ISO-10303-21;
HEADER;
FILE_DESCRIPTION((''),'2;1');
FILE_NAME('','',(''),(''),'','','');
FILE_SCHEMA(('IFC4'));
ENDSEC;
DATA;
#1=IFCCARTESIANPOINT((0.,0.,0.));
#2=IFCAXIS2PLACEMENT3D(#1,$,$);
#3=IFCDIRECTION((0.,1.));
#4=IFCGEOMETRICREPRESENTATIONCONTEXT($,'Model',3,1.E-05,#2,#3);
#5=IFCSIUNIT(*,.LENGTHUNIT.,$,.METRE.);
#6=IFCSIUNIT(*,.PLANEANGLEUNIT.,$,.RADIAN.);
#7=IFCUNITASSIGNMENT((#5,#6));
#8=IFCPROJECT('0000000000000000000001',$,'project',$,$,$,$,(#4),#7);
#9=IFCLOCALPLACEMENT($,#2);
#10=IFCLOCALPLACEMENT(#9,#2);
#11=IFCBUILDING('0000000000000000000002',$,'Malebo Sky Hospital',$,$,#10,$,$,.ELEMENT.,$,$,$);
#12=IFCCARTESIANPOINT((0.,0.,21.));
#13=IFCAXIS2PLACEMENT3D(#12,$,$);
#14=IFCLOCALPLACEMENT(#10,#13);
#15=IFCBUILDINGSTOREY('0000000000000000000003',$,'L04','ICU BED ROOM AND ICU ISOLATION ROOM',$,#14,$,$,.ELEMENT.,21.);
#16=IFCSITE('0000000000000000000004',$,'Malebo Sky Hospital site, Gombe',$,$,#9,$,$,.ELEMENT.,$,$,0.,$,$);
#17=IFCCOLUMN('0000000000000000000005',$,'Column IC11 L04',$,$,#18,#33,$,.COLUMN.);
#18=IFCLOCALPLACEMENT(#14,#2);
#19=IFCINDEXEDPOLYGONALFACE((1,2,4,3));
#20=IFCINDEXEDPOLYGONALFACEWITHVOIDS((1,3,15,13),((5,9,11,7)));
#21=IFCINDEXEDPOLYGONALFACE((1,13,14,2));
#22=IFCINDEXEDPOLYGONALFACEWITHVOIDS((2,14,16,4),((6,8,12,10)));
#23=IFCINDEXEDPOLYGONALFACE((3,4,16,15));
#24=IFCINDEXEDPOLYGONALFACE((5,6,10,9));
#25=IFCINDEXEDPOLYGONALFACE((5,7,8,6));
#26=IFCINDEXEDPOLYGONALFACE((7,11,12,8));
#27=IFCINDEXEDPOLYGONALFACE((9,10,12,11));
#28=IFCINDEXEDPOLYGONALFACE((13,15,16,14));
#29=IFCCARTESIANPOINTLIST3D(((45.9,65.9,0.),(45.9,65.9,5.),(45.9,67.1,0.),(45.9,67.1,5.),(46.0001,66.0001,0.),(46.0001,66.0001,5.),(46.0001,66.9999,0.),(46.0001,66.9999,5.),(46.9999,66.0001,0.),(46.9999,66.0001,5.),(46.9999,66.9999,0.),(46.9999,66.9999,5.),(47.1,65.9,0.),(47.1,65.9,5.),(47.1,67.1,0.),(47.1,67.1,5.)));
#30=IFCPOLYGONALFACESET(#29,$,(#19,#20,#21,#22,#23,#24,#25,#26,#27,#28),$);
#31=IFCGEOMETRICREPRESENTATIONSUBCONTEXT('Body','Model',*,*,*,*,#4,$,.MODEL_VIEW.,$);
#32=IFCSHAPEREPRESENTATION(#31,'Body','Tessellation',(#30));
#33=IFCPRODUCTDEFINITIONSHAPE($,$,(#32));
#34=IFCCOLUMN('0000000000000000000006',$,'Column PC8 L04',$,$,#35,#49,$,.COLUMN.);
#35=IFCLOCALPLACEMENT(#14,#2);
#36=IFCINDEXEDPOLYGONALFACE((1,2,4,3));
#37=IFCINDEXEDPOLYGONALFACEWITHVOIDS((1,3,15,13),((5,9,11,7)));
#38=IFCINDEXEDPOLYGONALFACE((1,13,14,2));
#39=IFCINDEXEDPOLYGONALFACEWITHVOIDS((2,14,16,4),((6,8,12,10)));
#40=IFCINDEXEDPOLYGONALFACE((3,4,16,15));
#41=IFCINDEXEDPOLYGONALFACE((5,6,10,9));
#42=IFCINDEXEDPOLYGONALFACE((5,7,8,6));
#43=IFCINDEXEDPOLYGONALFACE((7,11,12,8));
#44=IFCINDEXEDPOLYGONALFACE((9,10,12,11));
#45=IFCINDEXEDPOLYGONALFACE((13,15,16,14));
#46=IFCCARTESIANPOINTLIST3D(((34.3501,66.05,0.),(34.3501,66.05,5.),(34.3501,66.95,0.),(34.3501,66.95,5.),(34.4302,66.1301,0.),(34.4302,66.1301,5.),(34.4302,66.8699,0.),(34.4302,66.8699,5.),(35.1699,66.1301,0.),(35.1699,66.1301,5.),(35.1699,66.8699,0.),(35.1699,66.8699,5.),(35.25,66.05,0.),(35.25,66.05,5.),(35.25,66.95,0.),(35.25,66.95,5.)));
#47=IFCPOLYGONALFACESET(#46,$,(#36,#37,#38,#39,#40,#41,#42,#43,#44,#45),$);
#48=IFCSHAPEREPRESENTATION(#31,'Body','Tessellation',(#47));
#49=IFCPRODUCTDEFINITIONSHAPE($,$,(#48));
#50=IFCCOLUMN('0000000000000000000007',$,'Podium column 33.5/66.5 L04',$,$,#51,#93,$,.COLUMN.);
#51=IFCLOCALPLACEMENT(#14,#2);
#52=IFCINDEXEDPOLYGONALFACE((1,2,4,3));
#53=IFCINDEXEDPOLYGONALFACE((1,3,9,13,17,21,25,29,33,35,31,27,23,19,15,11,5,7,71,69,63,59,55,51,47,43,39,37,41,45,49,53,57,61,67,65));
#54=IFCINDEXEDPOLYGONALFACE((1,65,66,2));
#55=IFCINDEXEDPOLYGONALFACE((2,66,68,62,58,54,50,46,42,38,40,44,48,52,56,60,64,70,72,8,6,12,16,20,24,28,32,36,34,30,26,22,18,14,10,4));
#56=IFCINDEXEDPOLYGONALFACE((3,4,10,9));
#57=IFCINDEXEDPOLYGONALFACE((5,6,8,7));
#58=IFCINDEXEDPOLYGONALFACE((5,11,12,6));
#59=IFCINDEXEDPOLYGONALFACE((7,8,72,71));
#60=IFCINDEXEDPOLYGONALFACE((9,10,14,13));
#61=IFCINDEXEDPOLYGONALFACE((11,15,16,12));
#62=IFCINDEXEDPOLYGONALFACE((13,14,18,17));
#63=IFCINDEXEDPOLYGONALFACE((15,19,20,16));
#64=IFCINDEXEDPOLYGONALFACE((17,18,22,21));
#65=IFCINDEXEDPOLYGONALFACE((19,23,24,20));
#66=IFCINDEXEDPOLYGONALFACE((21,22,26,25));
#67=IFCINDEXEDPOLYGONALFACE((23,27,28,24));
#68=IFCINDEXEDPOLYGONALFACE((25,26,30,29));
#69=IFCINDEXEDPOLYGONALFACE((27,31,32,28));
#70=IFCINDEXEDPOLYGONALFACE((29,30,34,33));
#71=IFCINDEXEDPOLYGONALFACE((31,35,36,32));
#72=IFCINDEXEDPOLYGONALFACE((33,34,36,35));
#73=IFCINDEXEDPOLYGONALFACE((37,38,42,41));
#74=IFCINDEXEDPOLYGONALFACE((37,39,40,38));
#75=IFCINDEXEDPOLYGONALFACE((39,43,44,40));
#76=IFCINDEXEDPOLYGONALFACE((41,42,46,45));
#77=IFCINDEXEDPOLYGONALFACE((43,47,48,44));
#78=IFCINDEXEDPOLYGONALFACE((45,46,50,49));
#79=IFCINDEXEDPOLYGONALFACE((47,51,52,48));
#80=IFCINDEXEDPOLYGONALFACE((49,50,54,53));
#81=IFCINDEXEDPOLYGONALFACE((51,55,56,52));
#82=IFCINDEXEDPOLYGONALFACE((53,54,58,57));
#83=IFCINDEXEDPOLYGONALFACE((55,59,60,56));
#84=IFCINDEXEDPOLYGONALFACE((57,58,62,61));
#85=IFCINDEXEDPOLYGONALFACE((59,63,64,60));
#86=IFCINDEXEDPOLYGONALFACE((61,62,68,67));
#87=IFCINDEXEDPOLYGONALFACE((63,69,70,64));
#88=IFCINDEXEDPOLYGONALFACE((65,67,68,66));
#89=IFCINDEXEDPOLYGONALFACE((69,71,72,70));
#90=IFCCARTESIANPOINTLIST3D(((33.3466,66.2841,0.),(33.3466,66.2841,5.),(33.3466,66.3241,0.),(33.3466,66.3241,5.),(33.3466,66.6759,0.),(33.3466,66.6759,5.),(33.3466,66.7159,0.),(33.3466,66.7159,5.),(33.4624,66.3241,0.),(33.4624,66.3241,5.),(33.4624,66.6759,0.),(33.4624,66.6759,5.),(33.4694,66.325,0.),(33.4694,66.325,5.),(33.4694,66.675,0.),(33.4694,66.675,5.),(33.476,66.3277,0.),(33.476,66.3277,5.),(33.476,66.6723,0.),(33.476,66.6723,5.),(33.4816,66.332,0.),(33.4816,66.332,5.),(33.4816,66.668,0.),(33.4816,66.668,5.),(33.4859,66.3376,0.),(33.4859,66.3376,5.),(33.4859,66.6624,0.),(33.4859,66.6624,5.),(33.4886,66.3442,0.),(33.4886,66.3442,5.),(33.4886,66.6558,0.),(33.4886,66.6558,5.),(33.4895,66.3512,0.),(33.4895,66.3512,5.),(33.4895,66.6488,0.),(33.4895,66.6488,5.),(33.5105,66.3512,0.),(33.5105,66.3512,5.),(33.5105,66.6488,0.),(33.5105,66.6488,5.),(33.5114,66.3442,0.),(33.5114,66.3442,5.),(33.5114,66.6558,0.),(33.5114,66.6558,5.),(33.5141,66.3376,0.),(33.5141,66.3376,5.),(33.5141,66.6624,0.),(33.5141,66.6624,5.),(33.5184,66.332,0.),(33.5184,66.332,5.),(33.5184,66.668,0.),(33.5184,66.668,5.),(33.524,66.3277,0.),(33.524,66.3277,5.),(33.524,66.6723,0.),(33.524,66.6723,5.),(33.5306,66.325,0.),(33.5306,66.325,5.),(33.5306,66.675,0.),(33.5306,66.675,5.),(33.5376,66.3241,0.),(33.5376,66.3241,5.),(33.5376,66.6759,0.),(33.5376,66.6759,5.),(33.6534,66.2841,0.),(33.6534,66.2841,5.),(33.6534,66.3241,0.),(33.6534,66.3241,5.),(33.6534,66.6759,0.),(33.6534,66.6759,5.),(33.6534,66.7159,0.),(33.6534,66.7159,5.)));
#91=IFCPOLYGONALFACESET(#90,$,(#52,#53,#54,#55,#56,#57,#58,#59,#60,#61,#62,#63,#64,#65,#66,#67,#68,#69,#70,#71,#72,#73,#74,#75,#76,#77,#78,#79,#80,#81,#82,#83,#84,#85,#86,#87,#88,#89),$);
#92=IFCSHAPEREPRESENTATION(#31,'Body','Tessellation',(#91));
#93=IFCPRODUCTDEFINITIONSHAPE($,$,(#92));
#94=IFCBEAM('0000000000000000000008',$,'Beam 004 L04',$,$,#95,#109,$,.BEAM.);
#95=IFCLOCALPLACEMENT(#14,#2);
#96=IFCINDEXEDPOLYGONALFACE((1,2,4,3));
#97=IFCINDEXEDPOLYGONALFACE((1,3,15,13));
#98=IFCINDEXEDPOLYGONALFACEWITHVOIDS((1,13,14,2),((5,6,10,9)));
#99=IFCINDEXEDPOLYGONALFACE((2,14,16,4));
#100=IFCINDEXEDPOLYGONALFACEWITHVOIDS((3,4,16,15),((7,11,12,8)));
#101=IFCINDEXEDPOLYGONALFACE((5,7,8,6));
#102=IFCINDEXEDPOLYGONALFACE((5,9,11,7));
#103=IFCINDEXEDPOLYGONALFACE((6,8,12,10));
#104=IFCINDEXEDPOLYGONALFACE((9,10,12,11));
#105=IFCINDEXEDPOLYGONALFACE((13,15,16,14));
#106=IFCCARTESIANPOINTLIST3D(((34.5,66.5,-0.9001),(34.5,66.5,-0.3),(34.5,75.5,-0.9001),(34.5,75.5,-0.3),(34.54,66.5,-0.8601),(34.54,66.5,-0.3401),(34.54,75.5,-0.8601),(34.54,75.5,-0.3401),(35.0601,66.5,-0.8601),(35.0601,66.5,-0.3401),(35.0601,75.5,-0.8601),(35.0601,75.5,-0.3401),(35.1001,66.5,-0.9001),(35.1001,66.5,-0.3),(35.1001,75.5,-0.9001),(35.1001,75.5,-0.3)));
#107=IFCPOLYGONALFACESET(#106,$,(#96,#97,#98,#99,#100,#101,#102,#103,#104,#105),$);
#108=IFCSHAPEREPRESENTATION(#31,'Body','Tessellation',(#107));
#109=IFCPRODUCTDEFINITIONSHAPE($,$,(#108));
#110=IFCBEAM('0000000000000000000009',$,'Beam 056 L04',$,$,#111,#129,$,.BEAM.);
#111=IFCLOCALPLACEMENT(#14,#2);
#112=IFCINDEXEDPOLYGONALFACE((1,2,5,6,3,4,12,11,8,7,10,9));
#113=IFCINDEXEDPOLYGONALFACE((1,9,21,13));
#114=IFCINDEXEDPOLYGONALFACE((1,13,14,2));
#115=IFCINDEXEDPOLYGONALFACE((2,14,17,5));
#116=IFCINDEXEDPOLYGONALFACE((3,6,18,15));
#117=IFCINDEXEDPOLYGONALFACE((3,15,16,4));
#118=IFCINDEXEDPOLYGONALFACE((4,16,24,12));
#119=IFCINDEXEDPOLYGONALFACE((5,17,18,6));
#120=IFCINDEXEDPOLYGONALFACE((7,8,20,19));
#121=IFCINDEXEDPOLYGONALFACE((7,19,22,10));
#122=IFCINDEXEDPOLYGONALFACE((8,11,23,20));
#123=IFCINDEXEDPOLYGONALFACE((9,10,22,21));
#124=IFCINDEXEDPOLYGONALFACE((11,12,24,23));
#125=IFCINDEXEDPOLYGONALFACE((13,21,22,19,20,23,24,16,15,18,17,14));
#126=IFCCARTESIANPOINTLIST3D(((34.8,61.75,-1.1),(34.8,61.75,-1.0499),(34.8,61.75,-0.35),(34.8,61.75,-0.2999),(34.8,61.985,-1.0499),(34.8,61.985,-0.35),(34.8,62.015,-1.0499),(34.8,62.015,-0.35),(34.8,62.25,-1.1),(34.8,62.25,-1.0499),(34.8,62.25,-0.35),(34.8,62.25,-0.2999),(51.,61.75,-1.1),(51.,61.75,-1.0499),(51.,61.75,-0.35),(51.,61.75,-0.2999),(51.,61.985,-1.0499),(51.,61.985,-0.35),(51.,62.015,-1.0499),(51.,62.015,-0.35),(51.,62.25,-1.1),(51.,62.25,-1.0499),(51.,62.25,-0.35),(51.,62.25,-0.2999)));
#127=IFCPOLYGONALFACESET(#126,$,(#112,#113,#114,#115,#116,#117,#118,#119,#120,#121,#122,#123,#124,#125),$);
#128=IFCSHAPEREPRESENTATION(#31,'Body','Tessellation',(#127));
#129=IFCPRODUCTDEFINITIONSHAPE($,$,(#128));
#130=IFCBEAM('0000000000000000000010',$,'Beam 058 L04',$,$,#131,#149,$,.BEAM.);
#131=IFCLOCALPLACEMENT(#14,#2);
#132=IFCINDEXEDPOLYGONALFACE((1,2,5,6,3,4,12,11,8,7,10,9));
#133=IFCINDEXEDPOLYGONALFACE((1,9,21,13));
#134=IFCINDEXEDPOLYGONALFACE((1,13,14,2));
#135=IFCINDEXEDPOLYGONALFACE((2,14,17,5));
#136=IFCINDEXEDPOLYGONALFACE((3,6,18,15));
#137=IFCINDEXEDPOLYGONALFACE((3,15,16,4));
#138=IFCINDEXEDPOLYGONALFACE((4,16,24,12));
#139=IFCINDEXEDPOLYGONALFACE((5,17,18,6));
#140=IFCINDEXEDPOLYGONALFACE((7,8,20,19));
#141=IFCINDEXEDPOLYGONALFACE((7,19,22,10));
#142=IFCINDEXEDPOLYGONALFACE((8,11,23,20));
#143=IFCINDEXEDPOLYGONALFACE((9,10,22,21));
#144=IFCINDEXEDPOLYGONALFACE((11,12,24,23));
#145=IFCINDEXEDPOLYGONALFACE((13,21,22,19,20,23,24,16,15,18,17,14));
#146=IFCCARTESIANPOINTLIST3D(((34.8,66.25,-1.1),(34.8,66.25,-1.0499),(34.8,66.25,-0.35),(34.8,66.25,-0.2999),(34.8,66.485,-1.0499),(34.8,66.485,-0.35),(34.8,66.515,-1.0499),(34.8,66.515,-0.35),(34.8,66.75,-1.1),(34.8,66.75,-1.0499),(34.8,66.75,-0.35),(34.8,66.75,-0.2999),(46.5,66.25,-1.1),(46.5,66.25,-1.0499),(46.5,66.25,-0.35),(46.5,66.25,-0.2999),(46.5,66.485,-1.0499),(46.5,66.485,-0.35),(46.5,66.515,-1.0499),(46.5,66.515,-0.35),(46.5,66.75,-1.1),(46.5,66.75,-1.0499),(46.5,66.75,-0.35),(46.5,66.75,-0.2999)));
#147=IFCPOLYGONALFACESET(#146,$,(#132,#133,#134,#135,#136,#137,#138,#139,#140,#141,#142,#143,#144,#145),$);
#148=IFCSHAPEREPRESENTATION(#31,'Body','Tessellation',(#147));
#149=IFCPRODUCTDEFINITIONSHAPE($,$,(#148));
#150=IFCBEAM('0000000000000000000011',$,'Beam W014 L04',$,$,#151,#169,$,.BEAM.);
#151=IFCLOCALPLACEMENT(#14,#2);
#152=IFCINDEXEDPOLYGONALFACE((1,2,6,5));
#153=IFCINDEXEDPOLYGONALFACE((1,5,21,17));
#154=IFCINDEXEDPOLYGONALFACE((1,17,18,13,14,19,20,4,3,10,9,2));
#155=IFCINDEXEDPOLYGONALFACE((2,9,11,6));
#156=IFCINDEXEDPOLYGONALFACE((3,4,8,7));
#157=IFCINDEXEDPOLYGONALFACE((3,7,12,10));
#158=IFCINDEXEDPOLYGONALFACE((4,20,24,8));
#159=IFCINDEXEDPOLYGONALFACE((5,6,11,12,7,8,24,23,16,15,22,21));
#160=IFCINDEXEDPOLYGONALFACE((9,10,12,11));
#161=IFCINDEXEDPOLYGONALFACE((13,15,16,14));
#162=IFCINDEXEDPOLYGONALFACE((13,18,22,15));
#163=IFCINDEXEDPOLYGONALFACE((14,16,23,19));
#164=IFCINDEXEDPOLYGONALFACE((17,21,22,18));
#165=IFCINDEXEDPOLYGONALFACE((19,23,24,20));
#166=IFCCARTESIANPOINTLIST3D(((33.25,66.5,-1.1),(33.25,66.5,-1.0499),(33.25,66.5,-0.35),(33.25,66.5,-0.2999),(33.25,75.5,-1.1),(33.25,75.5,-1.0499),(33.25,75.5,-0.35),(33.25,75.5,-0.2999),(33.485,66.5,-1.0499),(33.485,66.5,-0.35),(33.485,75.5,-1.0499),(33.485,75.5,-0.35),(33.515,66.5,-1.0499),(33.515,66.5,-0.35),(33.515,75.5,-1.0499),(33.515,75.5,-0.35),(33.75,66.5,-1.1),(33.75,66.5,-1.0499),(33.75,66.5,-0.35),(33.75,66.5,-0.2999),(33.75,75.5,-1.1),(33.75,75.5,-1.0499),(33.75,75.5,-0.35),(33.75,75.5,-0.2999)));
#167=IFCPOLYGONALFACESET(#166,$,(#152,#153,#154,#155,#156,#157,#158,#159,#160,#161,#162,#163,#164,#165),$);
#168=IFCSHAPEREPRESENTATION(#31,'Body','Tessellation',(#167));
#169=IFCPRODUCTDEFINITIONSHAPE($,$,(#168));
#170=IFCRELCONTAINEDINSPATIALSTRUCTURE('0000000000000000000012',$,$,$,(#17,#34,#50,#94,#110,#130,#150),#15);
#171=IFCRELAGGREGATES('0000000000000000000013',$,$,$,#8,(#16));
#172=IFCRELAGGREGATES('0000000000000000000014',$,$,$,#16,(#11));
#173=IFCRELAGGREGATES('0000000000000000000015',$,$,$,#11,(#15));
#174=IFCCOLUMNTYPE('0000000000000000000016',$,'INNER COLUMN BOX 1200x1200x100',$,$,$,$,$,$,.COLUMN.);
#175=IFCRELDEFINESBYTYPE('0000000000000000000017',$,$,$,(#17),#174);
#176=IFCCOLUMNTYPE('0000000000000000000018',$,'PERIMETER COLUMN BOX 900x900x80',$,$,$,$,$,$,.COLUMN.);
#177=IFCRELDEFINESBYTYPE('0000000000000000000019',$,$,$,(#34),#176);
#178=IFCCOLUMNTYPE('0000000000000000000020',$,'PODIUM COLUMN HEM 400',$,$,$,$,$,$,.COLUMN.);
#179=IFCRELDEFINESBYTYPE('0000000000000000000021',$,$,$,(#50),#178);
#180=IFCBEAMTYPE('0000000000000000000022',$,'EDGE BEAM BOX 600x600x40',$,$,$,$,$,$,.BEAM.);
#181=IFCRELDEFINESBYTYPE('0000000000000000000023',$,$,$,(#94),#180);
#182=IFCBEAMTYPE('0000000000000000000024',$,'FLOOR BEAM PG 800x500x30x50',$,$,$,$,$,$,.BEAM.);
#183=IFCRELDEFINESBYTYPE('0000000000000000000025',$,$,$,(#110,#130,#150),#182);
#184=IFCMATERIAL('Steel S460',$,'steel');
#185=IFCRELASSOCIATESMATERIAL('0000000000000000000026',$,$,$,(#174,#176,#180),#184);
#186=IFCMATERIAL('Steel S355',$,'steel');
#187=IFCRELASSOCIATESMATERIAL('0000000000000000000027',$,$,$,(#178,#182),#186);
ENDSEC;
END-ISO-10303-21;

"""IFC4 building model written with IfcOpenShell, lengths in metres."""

from ifc_helpers import new_model, si_unit, direction, frame, origin, origin_2d, place, context, subcontext, project, spatial, hollow_rectangle, i_section, extrude, material, material_profile, profile_set, type_object, element, save


model = new_model("IFC4")

# Units and contexts
model_context = context("Model", 3, precision=1e-05, world=origin(), true_north=direction((0.0, 1.0)))
body_context = subcontext(model_context, "Body", "Model", "MODEL_VIEW")
ifc_project = project(units=[si_unit("LENGTHUNIT", "METRE"), si_unit("PLANEANGLEUNIT", "RADIAN")], contexts=[model_context])

# Site, building, storey
site_placement = place(None, origin())
site = spatial("IfcSite", under=ifc_project, at=site_placement, Name="Malebo Sky Hospital site, Gombe", CompositionType="ELEMENT", RefElevation=0.0)
building_placement = place(site_placement, origin())
building = spatial("IfcBuilding", under=site, at=building_placement, Name="Malebo Sky Hospital", CompositionType="ELEMENT")
storey_placement = place(building_placement, frame((0.0, 0.0, 21.0)))
storey = spatial("IfcBuildingStorey", under=building, at=storey_placement, Name="L04", Description="ICU BED ROOM AND ICU ISOLATION ROOM", CompositionType="ELEMENT", Elevation=21.0)

# Columns
ifc_material_1 = material(Name="Steel S460", Category="steel")
ifc_material_profile_1 = material_profile(ifc_material_1, hollow_rectangle(XDim=1.2, YDim=1.2, WallThickness=0.1001, at=origin_2d()), Name="BOX 1200x1200x100")
ifc_profile_set_1 = profile_set([ifc_material_profile_1], Name="Steel S460")
column_type_1 = type_object("IfcColumnType", Name="INNER COLUMN BOX 1200x1200x100", PredefinedType="COLUMN", material=ifc_profile_set_1)
column_1_placement = place(storey_placement, frame((46.5, 66.5, 0.0), z_axis=(0.0, 0.0, 1.0), x_axis=(1.0, 0.0, 0.0)))
element("IfcColumn", 1, at=column_1_placement, inside=storey, type_object=column_type_1, Name="Column IC11 L04", PredefinedType="COLUMN", context=body_context, shape_type="SweptSolid", body=[
    extrude(hollow_rectangle(XDim=1.2, YDim=1.2, WallThickness=0.1001, at=origin_2d()), origin(), (0.0, 0.0, 1.0), 5.0),
])
ifc_material_profile_2 = material_profile(ifc_material_1, hollow_rectangle(XDim=0.8999, YDim=0.8999, WallThickness=0.0801, at=origin_2d()), Name="BOX 900x900x80")
ifc_profile_set_2 = profile_set([ifc_material_profile_2], Name="Steel S460")
column_type_2 = type_object("IfcColumnType", Name="PERIMETER COLUMN BOX 900x900x80", PredefinedType="COLUMN", material=ifc_profile_set_2)
column_2_placement = place(storey_placement, frame((34.8, 66.5, 0.0), z_axis=(0.0, 0.0, 1.0), x_axis=(1.0, 0.0, 0.0)))
element("IfcColumn", 2, at=column_2_placement, inside=storey, type_object=column_type_2, Name="Column PC8 L04", PredefinedType="COLUMN", context=body_context, shape_type="SweptSolid", body=[
    extrude(hollow_rectangle(XDim=0.8999, YDim=0.8999, WallThickness=0.0801, at=origin_2d()), origin(), (0.0, 0.0, 1.0), 5.0),
])
ifc_material_2 = material(Name="Steel S355", Category="steel")
ifc_material_profile_3 = material_profile(ifc_material_2, i_section(OverallWidth=0.3069, OverallDepth=0.4319, WebThickness=0.021, FlangeThickness=0.04, FilletRadius=0.0271, at=origin_2d()), Name="HEM 400")
ifc_profile_set_3 = profile_set([ifc_material_profile_3], Name="Steel S355")
column_type_3 = type_object("IfcColumnType", Name="PODIUM COLUMN HEM 400", PredefinedType="COLUMN", material=ifc_profile_set_3)
column_3_placement = place(storey_placement, frame((33.5, 66.5, 0.0), z_axis=(0.0, 0.0, 1.0), x_axis=(1.0, 0.0, 0.0)))
element("IfcColumn", 3, at=column_3_placement, inside=storey, type_object=column_type_3, Name="Podium column 33.5/66.5 L04", PredefinedType="COLUMN", context=body_context, shape_type="SweptSolid", body=[
    extrude(i_section(OverallWidth=0.3069, OverallDepth=0.4319, WebThickness=0.021, FlangeThickness=0.04, FilletRadius=0.0271, at=origin_2d()), origin(), (0.0, 0.0, 1.0), 5.0),
])

# Beams
ifc_material_profile_4 = material_profile(ifc_material_1, hollow_rectangle(XDim=0.6001, YDim=0.6001, WallThickness=0.04, at=origin_2d()), Name="BOX 600x600x40")
ifc_profile_set_4 = profile_set([ifc_material_profile_4], Name="Steel S460")
beam_type_1 = type_object("IfcBeamType", Name="EDGE BEAM BOX 600x600x40", PredefinedType="BEAM", material=ifc_profile_set_4)
beam_1_placement = place(storey_placement, frame((34.8, 66.5, -0.6001), z_axis=(0.0, 1.0, 0.0), x_axis=(-1.0, 0.0, 0.0)))
element("IfcBeam", 4, at=beam_1_placement, inside=storey, type_object=beam_type_1, Name="Beam 004 L04", PredefinedType="BEAM", context=body_context, shape_type="SweptSolid", body=[
    extrude(hollow_rectangle(XDim=0.6001, YDim=0.6001, WallThickness=0.04, at=origin_2d()), origin(), (0.0, 0.0, 1.0), 9.0),
])
ifc_material_profile_5 = material_profile(ifc_material_2, i_section(OverallWidth=0.5, OverallDepth=0.8, WebThickness=0.03, FlangeThickness=0.05, at=origin_2d()), Name="PG 800x500x30x50")
ifc_profile_set_5 = profile_set([ifc_material_profile_5], Name="Steel S355")
beam_type_2 = type_object("IfcBeamType", Name="FLOOR BEAM PG 800x500x30x50", PredefinedType="BEAM", material=ifc_profile_set_5)
beam_2_placement = place(storey_placement, frame((34.8, 62.0, -0.7), z_axis=(1.0, 0.0, 0.0), x_axis=(0.0, 1.0, 0.0)))
element("IfcBeam", 5, at=beam_2_placement, inside=storey, type_object=beam_type_2, Name="Beam 056 L04", PredefinedType="BEAM", context=body_context, shape_type="SweptSolid", body=[
    extrude(i_section(OverallWidth=0.5, OverallDepth=0.8, WebThickness=0.03, FlangeThickness=0.05, at=origin_2d()), origin(), (0.0, 0.0, 1.0), 16.2),
])
beam_3_placement = place(storey_placement, frame((34.8, 66.5, -0.7), z_axis=(1.0, 0.0, 0.0), x_axis=(0.0, 1.0, 0.0)))
element("IfcBeam", 6, at=beam_3_placement, inside=storey, type_object=beam_type_2, Name="Beam 058 L04", PredefinedType="BEAM", context=body_context, shape_type="SweptSolid", body=[
    extrude(i_section(OverallWidth=0.5, OverallDepth=0.8, WebThickness=0.03, FlangeThickness=0.05, at=origin_2d()), origin(), (0.0, 0.0, 1.0), 11.7),
])
beam_4_placement = place(storey_placement, frame((33.5, 66.5, -0.7), z_axis=(0.0, 1.0, 0.0), x_axis=(-1.0, 0.0, 0.0)))
element("IfcBeam", 7, at=beam_4_placement, inside=storey, type_object=beam_type_2, Name="Beam W014 L04", PredefinedType="BEAM", context=body_context, shape_type="SweptSolid", body=[
    extrude(i_section(OverallWidth=0.5, OverallDepth=0.8, WebThickness=0.03, FlangeThickness=0.05, at=origin_2d()), origin(), (0.0, 0.0, 1.0), 9.0),
])

save(model, "model.ifc")
